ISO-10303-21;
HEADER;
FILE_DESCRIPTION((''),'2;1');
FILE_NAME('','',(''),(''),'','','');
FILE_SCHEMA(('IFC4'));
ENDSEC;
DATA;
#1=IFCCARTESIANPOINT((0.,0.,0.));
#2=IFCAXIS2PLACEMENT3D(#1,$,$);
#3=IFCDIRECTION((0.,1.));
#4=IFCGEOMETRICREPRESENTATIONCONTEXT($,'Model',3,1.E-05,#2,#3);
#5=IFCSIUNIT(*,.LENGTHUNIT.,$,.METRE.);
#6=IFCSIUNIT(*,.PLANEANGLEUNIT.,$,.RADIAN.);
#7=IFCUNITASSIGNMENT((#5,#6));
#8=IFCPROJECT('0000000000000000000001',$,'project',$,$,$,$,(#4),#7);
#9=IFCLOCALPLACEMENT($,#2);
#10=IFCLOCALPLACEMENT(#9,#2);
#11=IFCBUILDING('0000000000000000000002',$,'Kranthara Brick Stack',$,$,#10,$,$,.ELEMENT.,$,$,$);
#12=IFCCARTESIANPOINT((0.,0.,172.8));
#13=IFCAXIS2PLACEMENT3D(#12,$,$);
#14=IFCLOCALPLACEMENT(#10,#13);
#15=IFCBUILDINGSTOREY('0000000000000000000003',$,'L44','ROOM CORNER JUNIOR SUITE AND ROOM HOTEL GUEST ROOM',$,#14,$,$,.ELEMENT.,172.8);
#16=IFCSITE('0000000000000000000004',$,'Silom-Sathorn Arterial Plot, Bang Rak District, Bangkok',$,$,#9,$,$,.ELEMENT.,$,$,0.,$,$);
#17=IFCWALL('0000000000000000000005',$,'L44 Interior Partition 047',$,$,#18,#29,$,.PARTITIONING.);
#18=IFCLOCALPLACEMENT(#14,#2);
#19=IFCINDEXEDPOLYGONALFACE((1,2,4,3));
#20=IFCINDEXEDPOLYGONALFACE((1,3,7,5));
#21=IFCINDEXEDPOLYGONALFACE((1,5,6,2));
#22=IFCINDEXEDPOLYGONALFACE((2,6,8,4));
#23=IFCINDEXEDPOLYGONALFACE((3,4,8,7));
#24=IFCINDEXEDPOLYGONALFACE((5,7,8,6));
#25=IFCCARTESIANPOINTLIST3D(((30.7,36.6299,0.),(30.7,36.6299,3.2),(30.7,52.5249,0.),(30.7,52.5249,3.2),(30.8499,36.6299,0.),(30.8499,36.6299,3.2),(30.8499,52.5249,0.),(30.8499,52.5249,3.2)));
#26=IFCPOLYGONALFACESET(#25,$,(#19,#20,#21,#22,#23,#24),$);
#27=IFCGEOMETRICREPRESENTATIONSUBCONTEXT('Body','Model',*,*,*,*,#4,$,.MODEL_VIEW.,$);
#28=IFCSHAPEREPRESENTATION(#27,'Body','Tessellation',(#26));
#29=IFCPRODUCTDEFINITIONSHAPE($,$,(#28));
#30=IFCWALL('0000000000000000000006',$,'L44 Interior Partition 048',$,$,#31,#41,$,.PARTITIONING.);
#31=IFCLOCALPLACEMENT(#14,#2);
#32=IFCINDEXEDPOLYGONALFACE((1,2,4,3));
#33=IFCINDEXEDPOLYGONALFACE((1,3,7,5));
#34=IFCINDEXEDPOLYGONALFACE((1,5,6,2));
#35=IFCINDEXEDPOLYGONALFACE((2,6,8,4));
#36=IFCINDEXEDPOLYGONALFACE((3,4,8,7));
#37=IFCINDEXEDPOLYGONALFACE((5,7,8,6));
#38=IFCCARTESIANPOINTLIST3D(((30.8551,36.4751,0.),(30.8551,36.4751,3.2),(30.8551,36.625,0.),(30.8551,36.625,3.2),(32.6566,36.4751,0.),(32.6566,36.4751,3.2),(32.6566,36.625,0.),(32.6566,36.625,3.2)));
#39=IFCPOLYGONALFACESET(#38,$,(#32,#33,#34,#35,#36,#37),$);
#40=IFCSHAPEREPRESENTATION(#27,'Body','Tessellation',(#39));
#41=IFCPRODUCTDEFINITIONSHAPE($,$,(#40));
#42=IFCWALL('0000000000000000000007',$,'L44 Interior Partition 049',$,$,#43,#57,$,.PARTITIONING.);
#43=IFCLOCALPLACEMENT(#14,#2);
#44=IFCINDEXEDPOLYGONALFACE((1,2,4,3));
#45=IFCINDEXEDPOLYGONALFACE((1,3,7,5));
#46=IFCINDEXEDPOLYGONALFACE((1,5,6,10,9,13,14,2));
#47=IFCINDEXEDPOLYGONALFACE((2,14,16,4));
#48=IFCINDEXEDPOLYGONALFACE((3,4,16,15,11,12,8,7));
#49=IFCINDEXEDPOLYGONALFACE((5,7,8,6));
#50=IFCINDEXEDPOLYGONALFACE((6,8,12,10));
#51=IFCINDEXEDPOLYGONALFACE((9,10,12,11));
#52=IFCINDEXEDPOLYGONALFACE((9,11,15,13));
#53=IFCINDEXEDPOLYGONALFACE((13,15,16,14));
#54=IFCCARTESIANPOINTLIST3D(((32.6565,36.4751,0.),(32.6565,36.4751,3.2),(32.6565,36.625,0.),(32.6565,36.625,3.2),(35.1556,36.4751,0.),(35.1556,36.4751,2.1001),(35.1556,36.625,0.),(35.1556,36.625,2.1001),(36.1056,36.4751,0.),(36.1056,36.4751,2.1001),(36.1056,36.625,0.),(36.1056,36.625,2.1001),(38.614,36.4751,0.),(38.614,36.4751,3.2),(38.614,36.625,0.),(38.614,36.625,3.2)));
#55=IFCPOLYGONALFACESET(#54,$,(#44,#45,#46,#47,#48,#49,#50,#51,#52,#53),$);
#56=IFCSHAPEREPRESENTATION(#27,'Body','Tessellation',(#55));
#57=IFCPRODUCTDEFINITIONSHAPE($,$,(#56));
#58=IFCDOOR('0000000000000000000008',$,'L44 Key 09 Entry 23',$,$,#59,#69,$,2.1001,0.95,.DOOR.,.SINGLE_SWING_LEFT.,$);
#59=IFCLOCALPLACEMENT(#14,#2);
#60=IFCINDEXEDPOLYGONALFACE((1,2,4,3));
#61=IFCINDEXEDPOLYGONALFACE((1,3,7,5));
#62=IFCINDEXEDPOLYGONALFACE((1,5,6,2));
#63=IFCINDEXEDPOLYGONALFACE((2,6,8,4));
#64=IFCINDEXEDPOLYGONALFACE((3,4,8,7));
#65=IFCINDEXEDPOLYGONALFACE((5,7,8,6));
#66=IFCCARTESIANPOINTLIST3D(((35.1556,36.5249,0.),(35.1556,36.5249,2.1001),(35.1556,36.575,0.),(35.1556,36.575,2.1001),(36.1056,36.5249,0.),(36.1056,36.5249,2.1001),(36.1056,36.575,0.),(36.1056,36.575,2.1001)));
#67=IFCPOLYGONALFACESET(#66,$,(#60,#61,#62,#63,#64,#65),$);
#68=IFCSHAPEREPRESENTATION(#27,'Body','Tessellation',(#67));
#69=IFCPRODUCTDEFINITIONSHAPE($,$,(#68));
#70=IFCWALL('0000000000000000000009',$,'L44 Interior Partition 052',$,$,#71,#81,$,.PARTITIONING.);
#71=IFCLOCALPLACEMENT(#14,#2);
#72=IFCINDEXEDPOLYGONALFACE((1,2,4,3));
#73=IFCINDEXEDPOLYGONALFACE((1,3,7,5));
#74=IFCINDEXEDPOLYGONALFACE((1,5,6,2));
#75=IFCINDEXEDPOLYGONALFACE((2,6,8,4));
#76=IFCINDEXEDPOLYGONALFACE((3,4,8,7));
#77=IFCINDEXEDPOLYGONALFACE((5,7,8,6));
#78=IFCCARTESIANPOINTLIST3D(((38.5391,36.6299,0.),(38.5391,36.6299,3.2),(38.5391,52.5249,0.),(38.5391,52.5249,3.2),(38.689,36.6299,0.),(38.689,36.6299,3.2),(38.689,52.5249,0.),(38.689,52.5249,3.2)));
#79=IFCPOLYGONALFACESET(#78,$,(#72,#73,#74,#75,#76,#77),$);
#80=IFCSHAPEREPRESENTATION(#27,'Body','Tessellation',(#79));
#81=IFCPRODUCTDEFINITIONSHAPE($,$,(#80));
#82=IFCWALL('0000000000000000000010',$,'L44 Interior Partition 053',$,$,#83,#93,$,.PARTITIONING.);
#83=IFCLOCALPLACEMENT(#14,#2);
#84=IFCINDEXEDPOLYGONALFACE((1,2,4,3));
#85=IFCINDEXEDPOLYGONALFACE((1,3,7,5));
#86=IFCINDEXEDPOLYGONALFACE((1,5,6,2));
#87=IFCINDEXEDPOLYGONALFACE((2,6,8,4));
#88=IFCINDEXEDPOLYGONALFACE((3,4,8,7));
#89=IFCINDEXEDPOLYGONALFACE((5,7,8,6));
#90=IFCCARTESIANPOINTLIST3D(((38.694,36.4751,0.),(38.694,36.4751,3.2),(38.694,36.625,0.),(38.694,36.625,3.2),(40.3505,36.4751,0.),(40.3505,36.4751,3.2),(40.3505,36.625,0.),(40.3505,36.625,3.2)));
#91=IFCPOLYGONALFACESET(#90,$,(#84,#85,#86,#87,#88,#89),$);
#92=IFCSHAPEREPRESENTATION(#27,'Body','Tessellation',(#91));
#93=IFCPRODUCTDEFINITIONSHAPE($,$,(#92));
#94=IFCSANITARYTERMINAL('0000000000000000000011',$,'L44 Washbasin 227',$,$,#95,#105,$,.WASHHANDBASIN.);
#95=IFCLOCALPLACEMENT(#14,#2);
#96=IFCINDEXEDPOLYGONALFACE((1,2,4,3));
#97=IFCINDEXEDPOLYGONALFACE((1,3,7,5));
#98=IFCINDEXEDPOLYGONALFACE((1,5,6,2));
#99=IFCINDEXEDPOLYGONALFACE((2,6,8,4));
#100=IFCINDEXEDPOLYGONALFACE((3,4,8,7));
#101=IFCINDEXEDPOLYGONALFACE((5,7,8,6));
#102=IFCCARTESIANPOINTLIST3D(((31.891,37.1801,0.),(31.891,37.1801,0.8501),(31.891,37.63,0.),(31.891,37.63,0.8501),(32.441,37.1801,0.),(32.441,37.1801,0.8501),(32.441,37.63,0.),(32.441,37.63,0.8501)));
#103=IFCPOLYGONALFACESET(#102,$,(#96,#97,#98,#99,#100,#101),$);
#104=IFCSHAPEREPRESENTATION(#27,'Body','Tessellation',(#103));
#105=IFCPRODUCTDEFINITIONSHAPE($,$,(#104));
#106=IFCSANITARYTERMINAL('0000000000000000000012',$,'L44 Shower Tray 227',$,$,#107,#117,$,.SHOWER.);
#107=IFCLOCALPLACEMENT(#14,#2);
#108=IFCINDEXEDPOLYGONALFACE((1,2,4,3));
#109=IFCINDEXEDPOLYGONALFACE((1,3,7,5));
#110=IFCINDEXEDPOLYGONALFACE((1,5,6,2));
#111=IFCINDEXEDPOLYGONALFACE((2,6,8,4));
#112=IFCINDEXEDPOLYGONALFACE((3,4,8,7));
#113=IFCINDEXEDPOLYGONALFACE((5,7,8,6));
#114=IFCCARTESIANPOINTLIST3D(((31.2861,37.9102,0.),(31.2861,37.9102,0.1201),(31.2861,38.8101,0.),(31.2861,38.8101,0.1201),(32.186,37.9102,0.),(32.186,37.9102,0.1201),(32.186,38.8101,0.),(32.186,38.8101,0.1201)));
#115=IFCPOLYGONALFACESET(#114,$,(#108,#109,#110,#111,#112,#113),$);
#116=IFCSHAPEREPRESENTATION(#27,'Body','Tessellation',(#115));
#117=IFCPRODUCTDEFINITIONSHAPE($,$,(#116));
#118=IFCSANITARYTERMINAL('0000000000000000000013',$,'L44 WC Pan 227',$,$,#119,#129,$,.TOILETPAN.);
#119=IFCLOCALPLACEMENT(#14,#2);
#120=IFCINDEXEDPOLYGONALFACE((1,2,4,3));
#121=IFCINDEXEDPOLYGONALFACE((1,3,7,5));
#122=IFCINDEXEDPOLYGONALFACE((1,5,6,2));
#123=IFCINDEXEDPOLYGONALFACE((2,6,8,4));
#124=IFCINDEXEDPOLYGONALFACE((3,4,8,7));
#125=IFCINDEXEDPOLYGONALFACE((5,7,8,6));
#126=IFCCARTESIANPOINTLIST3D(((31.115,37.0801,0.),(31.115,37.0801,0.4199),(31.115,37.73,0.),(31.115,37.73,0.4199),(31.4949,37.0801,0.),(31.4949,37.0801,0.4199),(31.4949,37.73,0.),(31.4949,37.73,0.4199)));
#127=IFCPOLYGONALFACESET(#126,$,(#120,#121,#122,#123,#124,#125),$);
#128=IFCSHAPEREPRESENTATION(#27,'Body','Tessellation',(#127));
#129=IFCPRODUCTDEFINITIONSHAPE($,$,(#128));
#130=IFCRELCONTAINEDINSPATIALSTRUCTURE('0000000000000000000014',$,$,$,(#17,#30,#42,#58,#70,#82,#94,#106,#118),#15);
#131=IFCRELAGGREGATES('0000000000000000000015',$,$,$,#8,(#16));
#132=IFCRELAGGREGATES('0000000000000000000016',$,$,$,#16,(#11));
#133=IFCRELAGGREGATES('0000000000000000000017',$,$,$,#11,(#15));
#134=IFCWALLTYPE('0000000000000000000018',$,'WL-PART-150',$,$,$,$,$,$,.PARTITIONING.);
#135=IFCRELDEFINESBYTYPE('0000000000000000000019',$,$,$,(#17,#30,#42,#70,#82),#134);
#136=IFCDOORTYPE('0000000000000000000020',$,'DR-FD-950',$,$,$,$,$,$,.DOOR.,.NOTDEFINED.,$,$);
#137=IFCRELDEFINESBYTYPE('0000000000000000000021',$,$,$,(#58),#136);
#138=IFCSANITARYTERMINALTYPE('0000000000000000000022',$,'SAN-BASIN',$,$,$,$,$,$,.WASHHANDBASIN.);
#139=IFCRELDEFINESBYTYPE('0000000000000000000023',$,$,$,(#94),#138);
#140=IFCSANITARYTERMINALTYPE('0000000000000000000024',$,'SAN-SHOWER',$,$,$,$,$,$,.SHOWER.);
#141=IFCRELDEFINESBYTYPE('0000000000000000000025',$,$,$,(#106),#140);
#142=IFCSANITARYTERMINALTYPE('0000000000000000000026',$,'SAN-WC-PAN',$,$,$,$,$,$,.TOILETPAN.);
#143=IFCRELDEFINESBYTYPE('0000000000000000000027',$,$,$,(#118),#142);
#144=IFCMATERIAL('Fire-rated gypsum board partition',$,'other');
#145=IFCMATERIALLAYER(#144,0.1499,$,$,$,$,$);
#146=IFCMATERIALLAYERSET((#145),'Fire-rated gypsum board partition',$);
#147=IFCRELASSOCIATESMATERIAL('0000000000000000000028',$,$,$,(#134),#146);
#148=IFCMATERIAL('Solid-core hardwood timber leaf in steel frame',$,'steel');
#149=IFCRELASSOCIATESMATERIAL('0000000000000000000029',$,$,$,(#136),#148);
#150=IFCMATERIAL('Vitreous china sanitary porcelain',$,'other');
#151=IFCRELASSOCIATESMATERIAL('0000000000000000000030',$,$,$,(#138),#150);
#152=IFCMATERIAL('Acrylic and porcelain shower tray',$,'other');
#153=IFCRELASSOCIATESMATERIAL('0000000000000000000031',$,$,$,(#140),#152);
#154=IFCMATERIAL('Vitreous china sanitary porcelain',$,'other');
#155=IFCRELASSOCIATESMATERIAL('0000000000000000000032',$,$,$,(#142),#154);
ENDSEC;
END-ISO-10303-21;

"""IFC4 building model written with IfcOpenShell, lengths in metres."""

from ifc_helpers import new_model, si_unit, direction, frame, frame_2d, origin, origin_2d, place, context, subcontext, project, spatial, rectangle, extrude, material, layer, layer_set, type_object, element, fill, save


model = new_model("IFC4")

# Units and contexts
model_context = context("Model", 3, precision=1e-05, world=origin(), true_north=direction((0.0, 1.0)))
body_context = subcontext(model_context, "Body", "Model", "MODEL_VIEW")
ifc_project = project(units=[si_unit("LENGTHUNIT", "METRE"), si_unit("PLANEANGLEUNIT", "RADIAN")], contexts=[model_context])

# Site, building, storey
site_placement = place(None, origin())
site = spatial("IfcSite", under=ifc_project, at=site_placement, Name="Silom-Sathorn Arterial Plot, Bang Rak District, Bangkok", CompositionType="ELEMENT", RefElevation=0.0)
building_placement = place(site_placement, origin())
building = spatial("IfcBuilding", under=site, at=building_placement, Name="Kranthara Brick Stack", CompositionType="ELEMENT")
storey_placement = place(building_placement, frame((0.0, 0.0, 172.8)))
storey = spatial("IfcBuildingStorey", under=building, at=storey_placement, Name="L44", Description="ROOM CORNER JUNIOR SUITE AND ROOM HOTEL GUEST ROOM", CompositionType="ELEMENT", Elevation=172.8)

# Walls
ifc_material_1 = material(Name="Fire-rated gypsum board partition", Category="other")
ifc_layer_1 = layer(ifc_material_1, 0.1499)
ifc_layer_set_1 = layer_set([ifc_layer_1], Name="Fire-rated gypsum board partition")
wall_type_1 = type_object("IfcWallType", Name="WL-PART-150", PredefinedType="PARTITIONING", material=ifc_layer_set_1)
wall_1_placement = place(storey_placement, frame((30.7749, 36.6299, 0.0), z_axis=(0.0, 0.0, 1.0), x_axis=(0.0, 1.0, 0.0)))
element("IfcWall", 1, at=wall_1_placement, inside=storey, type_object=wall_type_1, Name="L44 Interior Partition 047", PredefinedType="PARTITIONING", context=body_context, shape_type="SweptSolid", body=[
    extrude(rectangle(XDim=15.895, YDim=0.1499, at=frame_2d((7.9475, 0.0))), origin(), (0.0, 0.0, 1.0), 3.2),
])
wall_2_placement = place(storey_placement, frame((30.855, 36.55, 0.0), z_axis=(0.0, 0.0, 1.0), x_axis=(1.0, 0.0, 0.0)))
element("IfcWall", 2, at=wall_2_placement, inside=storey, type_object=wall_type_1, Name="L44 Interior Partition 048", PredefinedType="PARTITIONING", context=body_context, shape_type="SweptSolid", body=[
    extrude(rectangle(XDim=1.8015, YDim=0.1499, at=frame_2d((0.9009, 0.0))), origin(), (0.0, 0.0, 1.0), 3.2),
])

# Wall, opening, door
wall_3_placement = place(storey_placement, frame((32.6565, 36.55, 0.0), z_axis=(0.0, 0.0, 1.0), x_axis=(1.0, 0.0, 0.0)))
wall_3 = element("IfcWall", 3, at=wall_3_placement, inside=storey, type_object=wall_type_1, Name="L44 Interior Partition 049", PredefinedType="PARTITIONING", context=body_context, shape_type="SweptSolid", body=[
    extrude(rectangle(XDim=5.9575, YDim=0.1499, at=frame_2d((2.9788, 0.0))), origin(), (0.0, 0.0, 1.0), 3.2),
])
opening_1_placement = place(wall_3_placement, frame((2.499, 0.0, 0.0)))
opening_1 = element("IfcOpeningElement", 4, at=opening_1_placement, cuts=wall_3, PredefinedType="OPENING", context=body_context, shape_type="SweptSolid", body=[
    extrude(rectangle(XDim=0.95, YDim=2.1001, at=frame_2d((0.4751, 1.05))), frame((0.0, 0.085, 0.0), z_axis=(0.0, -1.0, 0.0), x_axis=(1.0, 0.0, 0.0)), (0.0, 0.0, 1.0), 0.1699),
])
ifc_material_2 = material(Name="Solid-core hardwood timber leaf in steel frame", Category="steel")
door_type_1 = type_object("IfcDoorType", Name="DR-FD-950", OperationType="NOTDEFINED", PredefinedType="DOOR", material=ifc_material_2)
door_1_placement = place(opening_1_placement, origin())
door_1 = element("IfcDoor", 5, at=door_1_placement, inside=storey, type_object=door_type_1, Name="L44 Key 09 Entry 23", OperationType="SINGLE_SWING_LEFT", OverallHeight=2.1001, OverallWidth=0.95, PredefinedType="DOOR", context=body_context, shape_type="SweptSolid", body=[
    extrude(rectangle(XDim=0.95, YDim=2.1001, at=frame_2d((0.4751, 1.05))), frame((0.0, 0.0249, 0.0), z_axis=(0.0, -1.0, 0.0), x_axis=(1.0, 0.0, 0.0)), (0.0, 0.0, 1.0), 0.05),
])
fill(opening_1, door_1)

# Walls
wall_4_placement = place(storey_placement, frame((38.614, 36.6299, 0.0), z_axis=(0.0, 0.0, 1.0), x_axis=(0.0, 1.0, 0.0)))
element("IfcWall", 6, at=wall_4_placement, inside=storey, type_object=wall_type_1, Name="L44 Interior Partition 052", PredefinedType="PARTITIONING", context=body_context, shape_type="SweptSolid", body=[
    extrude(rectangle(XDim=15.895, YDim=0.1499, at=frame_2d((7.9475, 0.0))), origin(), (0.0, 0.0, 1.0), 3.2),
])
wall_5_placement = place(storey_placement, frame((38.6941, 36.55, 0.0), z_axis=(0.0, 0.0, 1.0), x_axis=(1.0, 0.0, 0.0)))
element("IfcWall", 7, at=wall_5_placement, inside=storey, type_object=wall_type_1, Name="L44 Interior Partition 053", PredefinedType="PARTITIONING", context=body_context, shape_type="SweptSolid", body=[
    extrude(rectangle(XDim=1.6565, YDim=0.1499, at=frame_2d((0.8281, 0.0))), origin(), (0.0, 0.0, 1.0), 3.2),
])

# Sanitary terminals
ifc_material_3 = material(Name="Vitreous china sanitary porcelain", Category="other")
sanitary_terminal_type_1 = type_object("IfcSanitaryTerminalType", Name="SAN-BASIN", PredefinedType="WASHHANDBASIN", material=ifc_material_3)
sanitary_terminal_1_placement = place(storey_placement, frame((32.166, 37.405, 0.0), z_axis=(0.0, 0.0, 1.0), x_axis=(1.0, 0.0, 0.0)))
element("IfcSanitaryTerminal", 8, at=sanitary_terminal_1_placement, inside=storey, type_object=sanitary_terminal_type_1, Name="L44 Washbasin 227", PredefinedType="WASHHANDBASIN", context=body_context, shape_type="SweptSolid", body=[
    extrude(rectangle(XDim=0.55, YDim=0.45, at=origin_2d()), origin(), (0.0, 0.0, 1.0), 0.8501),
])
ifc_material_4 = material(Name="Acrylic and porcelain shower tray", Category="other")
sanitary_terminal_type_2 = type_object("IfcSanitaryTerminalType", Name="SAN-SHOWER", PredefinedType="SHOWER", material=ifc_material_4)
sanitary_terminal_2_placement = place(storey_placement, frame((31.7361, 38.3601, 0.0), z_axis=(0.0, 0.0, 1.0), x_axis=(1.0, 0.0, 0.0)))
element("IfcSanitaryTerminal", 9, at=sanitary_terminal_2_placement, inside=storey, type_object=sanitary_terminal_type_2, Name="L44 Shower Tray 227", PredefinedType="SHOWER", context=body_context, shape_type="SweptSolid", body=[
    extrude(rectangle(XDim=0.8999, YDim=0.8999, at=origin_2d()), origin(), (0.0, 0.0, 1.0), 0.1201),
])
ifc_material_5 = material(Name="Vitreous china sanitary porcelain", Category="other")
sanitary_terminal_type_3 = type_object("IfcSanitaryTerminalType", Name="SAN-WC-PAN", PredefinedType="TOILETPAN", material=ifc_material_5)
sanitary_terminal_3_placement = place(storey_placement, frame((31.3049, 37.405, 0.0), z_axis=(0.0, 0.0, 1.0), x_axis=(1.0, 0.0, 0.0)))
element("IfcSanitaryTerminal", 10, at=sanitary_terminal_3_placement, inside=storey, type_object=sanitary_terminal_type_3, Name="L44 WC Pan 227", PredefinedType="TOILETPAN", context=body_context, shape_type="SweptSolid", body=[
    extrude(rectangle(XDim=0.3799, YDim=0.6499, at=origin_2d()), origin(), (0.0, 0.0, 1.0), 0.4199),
])

save(model, "model.ifc")
